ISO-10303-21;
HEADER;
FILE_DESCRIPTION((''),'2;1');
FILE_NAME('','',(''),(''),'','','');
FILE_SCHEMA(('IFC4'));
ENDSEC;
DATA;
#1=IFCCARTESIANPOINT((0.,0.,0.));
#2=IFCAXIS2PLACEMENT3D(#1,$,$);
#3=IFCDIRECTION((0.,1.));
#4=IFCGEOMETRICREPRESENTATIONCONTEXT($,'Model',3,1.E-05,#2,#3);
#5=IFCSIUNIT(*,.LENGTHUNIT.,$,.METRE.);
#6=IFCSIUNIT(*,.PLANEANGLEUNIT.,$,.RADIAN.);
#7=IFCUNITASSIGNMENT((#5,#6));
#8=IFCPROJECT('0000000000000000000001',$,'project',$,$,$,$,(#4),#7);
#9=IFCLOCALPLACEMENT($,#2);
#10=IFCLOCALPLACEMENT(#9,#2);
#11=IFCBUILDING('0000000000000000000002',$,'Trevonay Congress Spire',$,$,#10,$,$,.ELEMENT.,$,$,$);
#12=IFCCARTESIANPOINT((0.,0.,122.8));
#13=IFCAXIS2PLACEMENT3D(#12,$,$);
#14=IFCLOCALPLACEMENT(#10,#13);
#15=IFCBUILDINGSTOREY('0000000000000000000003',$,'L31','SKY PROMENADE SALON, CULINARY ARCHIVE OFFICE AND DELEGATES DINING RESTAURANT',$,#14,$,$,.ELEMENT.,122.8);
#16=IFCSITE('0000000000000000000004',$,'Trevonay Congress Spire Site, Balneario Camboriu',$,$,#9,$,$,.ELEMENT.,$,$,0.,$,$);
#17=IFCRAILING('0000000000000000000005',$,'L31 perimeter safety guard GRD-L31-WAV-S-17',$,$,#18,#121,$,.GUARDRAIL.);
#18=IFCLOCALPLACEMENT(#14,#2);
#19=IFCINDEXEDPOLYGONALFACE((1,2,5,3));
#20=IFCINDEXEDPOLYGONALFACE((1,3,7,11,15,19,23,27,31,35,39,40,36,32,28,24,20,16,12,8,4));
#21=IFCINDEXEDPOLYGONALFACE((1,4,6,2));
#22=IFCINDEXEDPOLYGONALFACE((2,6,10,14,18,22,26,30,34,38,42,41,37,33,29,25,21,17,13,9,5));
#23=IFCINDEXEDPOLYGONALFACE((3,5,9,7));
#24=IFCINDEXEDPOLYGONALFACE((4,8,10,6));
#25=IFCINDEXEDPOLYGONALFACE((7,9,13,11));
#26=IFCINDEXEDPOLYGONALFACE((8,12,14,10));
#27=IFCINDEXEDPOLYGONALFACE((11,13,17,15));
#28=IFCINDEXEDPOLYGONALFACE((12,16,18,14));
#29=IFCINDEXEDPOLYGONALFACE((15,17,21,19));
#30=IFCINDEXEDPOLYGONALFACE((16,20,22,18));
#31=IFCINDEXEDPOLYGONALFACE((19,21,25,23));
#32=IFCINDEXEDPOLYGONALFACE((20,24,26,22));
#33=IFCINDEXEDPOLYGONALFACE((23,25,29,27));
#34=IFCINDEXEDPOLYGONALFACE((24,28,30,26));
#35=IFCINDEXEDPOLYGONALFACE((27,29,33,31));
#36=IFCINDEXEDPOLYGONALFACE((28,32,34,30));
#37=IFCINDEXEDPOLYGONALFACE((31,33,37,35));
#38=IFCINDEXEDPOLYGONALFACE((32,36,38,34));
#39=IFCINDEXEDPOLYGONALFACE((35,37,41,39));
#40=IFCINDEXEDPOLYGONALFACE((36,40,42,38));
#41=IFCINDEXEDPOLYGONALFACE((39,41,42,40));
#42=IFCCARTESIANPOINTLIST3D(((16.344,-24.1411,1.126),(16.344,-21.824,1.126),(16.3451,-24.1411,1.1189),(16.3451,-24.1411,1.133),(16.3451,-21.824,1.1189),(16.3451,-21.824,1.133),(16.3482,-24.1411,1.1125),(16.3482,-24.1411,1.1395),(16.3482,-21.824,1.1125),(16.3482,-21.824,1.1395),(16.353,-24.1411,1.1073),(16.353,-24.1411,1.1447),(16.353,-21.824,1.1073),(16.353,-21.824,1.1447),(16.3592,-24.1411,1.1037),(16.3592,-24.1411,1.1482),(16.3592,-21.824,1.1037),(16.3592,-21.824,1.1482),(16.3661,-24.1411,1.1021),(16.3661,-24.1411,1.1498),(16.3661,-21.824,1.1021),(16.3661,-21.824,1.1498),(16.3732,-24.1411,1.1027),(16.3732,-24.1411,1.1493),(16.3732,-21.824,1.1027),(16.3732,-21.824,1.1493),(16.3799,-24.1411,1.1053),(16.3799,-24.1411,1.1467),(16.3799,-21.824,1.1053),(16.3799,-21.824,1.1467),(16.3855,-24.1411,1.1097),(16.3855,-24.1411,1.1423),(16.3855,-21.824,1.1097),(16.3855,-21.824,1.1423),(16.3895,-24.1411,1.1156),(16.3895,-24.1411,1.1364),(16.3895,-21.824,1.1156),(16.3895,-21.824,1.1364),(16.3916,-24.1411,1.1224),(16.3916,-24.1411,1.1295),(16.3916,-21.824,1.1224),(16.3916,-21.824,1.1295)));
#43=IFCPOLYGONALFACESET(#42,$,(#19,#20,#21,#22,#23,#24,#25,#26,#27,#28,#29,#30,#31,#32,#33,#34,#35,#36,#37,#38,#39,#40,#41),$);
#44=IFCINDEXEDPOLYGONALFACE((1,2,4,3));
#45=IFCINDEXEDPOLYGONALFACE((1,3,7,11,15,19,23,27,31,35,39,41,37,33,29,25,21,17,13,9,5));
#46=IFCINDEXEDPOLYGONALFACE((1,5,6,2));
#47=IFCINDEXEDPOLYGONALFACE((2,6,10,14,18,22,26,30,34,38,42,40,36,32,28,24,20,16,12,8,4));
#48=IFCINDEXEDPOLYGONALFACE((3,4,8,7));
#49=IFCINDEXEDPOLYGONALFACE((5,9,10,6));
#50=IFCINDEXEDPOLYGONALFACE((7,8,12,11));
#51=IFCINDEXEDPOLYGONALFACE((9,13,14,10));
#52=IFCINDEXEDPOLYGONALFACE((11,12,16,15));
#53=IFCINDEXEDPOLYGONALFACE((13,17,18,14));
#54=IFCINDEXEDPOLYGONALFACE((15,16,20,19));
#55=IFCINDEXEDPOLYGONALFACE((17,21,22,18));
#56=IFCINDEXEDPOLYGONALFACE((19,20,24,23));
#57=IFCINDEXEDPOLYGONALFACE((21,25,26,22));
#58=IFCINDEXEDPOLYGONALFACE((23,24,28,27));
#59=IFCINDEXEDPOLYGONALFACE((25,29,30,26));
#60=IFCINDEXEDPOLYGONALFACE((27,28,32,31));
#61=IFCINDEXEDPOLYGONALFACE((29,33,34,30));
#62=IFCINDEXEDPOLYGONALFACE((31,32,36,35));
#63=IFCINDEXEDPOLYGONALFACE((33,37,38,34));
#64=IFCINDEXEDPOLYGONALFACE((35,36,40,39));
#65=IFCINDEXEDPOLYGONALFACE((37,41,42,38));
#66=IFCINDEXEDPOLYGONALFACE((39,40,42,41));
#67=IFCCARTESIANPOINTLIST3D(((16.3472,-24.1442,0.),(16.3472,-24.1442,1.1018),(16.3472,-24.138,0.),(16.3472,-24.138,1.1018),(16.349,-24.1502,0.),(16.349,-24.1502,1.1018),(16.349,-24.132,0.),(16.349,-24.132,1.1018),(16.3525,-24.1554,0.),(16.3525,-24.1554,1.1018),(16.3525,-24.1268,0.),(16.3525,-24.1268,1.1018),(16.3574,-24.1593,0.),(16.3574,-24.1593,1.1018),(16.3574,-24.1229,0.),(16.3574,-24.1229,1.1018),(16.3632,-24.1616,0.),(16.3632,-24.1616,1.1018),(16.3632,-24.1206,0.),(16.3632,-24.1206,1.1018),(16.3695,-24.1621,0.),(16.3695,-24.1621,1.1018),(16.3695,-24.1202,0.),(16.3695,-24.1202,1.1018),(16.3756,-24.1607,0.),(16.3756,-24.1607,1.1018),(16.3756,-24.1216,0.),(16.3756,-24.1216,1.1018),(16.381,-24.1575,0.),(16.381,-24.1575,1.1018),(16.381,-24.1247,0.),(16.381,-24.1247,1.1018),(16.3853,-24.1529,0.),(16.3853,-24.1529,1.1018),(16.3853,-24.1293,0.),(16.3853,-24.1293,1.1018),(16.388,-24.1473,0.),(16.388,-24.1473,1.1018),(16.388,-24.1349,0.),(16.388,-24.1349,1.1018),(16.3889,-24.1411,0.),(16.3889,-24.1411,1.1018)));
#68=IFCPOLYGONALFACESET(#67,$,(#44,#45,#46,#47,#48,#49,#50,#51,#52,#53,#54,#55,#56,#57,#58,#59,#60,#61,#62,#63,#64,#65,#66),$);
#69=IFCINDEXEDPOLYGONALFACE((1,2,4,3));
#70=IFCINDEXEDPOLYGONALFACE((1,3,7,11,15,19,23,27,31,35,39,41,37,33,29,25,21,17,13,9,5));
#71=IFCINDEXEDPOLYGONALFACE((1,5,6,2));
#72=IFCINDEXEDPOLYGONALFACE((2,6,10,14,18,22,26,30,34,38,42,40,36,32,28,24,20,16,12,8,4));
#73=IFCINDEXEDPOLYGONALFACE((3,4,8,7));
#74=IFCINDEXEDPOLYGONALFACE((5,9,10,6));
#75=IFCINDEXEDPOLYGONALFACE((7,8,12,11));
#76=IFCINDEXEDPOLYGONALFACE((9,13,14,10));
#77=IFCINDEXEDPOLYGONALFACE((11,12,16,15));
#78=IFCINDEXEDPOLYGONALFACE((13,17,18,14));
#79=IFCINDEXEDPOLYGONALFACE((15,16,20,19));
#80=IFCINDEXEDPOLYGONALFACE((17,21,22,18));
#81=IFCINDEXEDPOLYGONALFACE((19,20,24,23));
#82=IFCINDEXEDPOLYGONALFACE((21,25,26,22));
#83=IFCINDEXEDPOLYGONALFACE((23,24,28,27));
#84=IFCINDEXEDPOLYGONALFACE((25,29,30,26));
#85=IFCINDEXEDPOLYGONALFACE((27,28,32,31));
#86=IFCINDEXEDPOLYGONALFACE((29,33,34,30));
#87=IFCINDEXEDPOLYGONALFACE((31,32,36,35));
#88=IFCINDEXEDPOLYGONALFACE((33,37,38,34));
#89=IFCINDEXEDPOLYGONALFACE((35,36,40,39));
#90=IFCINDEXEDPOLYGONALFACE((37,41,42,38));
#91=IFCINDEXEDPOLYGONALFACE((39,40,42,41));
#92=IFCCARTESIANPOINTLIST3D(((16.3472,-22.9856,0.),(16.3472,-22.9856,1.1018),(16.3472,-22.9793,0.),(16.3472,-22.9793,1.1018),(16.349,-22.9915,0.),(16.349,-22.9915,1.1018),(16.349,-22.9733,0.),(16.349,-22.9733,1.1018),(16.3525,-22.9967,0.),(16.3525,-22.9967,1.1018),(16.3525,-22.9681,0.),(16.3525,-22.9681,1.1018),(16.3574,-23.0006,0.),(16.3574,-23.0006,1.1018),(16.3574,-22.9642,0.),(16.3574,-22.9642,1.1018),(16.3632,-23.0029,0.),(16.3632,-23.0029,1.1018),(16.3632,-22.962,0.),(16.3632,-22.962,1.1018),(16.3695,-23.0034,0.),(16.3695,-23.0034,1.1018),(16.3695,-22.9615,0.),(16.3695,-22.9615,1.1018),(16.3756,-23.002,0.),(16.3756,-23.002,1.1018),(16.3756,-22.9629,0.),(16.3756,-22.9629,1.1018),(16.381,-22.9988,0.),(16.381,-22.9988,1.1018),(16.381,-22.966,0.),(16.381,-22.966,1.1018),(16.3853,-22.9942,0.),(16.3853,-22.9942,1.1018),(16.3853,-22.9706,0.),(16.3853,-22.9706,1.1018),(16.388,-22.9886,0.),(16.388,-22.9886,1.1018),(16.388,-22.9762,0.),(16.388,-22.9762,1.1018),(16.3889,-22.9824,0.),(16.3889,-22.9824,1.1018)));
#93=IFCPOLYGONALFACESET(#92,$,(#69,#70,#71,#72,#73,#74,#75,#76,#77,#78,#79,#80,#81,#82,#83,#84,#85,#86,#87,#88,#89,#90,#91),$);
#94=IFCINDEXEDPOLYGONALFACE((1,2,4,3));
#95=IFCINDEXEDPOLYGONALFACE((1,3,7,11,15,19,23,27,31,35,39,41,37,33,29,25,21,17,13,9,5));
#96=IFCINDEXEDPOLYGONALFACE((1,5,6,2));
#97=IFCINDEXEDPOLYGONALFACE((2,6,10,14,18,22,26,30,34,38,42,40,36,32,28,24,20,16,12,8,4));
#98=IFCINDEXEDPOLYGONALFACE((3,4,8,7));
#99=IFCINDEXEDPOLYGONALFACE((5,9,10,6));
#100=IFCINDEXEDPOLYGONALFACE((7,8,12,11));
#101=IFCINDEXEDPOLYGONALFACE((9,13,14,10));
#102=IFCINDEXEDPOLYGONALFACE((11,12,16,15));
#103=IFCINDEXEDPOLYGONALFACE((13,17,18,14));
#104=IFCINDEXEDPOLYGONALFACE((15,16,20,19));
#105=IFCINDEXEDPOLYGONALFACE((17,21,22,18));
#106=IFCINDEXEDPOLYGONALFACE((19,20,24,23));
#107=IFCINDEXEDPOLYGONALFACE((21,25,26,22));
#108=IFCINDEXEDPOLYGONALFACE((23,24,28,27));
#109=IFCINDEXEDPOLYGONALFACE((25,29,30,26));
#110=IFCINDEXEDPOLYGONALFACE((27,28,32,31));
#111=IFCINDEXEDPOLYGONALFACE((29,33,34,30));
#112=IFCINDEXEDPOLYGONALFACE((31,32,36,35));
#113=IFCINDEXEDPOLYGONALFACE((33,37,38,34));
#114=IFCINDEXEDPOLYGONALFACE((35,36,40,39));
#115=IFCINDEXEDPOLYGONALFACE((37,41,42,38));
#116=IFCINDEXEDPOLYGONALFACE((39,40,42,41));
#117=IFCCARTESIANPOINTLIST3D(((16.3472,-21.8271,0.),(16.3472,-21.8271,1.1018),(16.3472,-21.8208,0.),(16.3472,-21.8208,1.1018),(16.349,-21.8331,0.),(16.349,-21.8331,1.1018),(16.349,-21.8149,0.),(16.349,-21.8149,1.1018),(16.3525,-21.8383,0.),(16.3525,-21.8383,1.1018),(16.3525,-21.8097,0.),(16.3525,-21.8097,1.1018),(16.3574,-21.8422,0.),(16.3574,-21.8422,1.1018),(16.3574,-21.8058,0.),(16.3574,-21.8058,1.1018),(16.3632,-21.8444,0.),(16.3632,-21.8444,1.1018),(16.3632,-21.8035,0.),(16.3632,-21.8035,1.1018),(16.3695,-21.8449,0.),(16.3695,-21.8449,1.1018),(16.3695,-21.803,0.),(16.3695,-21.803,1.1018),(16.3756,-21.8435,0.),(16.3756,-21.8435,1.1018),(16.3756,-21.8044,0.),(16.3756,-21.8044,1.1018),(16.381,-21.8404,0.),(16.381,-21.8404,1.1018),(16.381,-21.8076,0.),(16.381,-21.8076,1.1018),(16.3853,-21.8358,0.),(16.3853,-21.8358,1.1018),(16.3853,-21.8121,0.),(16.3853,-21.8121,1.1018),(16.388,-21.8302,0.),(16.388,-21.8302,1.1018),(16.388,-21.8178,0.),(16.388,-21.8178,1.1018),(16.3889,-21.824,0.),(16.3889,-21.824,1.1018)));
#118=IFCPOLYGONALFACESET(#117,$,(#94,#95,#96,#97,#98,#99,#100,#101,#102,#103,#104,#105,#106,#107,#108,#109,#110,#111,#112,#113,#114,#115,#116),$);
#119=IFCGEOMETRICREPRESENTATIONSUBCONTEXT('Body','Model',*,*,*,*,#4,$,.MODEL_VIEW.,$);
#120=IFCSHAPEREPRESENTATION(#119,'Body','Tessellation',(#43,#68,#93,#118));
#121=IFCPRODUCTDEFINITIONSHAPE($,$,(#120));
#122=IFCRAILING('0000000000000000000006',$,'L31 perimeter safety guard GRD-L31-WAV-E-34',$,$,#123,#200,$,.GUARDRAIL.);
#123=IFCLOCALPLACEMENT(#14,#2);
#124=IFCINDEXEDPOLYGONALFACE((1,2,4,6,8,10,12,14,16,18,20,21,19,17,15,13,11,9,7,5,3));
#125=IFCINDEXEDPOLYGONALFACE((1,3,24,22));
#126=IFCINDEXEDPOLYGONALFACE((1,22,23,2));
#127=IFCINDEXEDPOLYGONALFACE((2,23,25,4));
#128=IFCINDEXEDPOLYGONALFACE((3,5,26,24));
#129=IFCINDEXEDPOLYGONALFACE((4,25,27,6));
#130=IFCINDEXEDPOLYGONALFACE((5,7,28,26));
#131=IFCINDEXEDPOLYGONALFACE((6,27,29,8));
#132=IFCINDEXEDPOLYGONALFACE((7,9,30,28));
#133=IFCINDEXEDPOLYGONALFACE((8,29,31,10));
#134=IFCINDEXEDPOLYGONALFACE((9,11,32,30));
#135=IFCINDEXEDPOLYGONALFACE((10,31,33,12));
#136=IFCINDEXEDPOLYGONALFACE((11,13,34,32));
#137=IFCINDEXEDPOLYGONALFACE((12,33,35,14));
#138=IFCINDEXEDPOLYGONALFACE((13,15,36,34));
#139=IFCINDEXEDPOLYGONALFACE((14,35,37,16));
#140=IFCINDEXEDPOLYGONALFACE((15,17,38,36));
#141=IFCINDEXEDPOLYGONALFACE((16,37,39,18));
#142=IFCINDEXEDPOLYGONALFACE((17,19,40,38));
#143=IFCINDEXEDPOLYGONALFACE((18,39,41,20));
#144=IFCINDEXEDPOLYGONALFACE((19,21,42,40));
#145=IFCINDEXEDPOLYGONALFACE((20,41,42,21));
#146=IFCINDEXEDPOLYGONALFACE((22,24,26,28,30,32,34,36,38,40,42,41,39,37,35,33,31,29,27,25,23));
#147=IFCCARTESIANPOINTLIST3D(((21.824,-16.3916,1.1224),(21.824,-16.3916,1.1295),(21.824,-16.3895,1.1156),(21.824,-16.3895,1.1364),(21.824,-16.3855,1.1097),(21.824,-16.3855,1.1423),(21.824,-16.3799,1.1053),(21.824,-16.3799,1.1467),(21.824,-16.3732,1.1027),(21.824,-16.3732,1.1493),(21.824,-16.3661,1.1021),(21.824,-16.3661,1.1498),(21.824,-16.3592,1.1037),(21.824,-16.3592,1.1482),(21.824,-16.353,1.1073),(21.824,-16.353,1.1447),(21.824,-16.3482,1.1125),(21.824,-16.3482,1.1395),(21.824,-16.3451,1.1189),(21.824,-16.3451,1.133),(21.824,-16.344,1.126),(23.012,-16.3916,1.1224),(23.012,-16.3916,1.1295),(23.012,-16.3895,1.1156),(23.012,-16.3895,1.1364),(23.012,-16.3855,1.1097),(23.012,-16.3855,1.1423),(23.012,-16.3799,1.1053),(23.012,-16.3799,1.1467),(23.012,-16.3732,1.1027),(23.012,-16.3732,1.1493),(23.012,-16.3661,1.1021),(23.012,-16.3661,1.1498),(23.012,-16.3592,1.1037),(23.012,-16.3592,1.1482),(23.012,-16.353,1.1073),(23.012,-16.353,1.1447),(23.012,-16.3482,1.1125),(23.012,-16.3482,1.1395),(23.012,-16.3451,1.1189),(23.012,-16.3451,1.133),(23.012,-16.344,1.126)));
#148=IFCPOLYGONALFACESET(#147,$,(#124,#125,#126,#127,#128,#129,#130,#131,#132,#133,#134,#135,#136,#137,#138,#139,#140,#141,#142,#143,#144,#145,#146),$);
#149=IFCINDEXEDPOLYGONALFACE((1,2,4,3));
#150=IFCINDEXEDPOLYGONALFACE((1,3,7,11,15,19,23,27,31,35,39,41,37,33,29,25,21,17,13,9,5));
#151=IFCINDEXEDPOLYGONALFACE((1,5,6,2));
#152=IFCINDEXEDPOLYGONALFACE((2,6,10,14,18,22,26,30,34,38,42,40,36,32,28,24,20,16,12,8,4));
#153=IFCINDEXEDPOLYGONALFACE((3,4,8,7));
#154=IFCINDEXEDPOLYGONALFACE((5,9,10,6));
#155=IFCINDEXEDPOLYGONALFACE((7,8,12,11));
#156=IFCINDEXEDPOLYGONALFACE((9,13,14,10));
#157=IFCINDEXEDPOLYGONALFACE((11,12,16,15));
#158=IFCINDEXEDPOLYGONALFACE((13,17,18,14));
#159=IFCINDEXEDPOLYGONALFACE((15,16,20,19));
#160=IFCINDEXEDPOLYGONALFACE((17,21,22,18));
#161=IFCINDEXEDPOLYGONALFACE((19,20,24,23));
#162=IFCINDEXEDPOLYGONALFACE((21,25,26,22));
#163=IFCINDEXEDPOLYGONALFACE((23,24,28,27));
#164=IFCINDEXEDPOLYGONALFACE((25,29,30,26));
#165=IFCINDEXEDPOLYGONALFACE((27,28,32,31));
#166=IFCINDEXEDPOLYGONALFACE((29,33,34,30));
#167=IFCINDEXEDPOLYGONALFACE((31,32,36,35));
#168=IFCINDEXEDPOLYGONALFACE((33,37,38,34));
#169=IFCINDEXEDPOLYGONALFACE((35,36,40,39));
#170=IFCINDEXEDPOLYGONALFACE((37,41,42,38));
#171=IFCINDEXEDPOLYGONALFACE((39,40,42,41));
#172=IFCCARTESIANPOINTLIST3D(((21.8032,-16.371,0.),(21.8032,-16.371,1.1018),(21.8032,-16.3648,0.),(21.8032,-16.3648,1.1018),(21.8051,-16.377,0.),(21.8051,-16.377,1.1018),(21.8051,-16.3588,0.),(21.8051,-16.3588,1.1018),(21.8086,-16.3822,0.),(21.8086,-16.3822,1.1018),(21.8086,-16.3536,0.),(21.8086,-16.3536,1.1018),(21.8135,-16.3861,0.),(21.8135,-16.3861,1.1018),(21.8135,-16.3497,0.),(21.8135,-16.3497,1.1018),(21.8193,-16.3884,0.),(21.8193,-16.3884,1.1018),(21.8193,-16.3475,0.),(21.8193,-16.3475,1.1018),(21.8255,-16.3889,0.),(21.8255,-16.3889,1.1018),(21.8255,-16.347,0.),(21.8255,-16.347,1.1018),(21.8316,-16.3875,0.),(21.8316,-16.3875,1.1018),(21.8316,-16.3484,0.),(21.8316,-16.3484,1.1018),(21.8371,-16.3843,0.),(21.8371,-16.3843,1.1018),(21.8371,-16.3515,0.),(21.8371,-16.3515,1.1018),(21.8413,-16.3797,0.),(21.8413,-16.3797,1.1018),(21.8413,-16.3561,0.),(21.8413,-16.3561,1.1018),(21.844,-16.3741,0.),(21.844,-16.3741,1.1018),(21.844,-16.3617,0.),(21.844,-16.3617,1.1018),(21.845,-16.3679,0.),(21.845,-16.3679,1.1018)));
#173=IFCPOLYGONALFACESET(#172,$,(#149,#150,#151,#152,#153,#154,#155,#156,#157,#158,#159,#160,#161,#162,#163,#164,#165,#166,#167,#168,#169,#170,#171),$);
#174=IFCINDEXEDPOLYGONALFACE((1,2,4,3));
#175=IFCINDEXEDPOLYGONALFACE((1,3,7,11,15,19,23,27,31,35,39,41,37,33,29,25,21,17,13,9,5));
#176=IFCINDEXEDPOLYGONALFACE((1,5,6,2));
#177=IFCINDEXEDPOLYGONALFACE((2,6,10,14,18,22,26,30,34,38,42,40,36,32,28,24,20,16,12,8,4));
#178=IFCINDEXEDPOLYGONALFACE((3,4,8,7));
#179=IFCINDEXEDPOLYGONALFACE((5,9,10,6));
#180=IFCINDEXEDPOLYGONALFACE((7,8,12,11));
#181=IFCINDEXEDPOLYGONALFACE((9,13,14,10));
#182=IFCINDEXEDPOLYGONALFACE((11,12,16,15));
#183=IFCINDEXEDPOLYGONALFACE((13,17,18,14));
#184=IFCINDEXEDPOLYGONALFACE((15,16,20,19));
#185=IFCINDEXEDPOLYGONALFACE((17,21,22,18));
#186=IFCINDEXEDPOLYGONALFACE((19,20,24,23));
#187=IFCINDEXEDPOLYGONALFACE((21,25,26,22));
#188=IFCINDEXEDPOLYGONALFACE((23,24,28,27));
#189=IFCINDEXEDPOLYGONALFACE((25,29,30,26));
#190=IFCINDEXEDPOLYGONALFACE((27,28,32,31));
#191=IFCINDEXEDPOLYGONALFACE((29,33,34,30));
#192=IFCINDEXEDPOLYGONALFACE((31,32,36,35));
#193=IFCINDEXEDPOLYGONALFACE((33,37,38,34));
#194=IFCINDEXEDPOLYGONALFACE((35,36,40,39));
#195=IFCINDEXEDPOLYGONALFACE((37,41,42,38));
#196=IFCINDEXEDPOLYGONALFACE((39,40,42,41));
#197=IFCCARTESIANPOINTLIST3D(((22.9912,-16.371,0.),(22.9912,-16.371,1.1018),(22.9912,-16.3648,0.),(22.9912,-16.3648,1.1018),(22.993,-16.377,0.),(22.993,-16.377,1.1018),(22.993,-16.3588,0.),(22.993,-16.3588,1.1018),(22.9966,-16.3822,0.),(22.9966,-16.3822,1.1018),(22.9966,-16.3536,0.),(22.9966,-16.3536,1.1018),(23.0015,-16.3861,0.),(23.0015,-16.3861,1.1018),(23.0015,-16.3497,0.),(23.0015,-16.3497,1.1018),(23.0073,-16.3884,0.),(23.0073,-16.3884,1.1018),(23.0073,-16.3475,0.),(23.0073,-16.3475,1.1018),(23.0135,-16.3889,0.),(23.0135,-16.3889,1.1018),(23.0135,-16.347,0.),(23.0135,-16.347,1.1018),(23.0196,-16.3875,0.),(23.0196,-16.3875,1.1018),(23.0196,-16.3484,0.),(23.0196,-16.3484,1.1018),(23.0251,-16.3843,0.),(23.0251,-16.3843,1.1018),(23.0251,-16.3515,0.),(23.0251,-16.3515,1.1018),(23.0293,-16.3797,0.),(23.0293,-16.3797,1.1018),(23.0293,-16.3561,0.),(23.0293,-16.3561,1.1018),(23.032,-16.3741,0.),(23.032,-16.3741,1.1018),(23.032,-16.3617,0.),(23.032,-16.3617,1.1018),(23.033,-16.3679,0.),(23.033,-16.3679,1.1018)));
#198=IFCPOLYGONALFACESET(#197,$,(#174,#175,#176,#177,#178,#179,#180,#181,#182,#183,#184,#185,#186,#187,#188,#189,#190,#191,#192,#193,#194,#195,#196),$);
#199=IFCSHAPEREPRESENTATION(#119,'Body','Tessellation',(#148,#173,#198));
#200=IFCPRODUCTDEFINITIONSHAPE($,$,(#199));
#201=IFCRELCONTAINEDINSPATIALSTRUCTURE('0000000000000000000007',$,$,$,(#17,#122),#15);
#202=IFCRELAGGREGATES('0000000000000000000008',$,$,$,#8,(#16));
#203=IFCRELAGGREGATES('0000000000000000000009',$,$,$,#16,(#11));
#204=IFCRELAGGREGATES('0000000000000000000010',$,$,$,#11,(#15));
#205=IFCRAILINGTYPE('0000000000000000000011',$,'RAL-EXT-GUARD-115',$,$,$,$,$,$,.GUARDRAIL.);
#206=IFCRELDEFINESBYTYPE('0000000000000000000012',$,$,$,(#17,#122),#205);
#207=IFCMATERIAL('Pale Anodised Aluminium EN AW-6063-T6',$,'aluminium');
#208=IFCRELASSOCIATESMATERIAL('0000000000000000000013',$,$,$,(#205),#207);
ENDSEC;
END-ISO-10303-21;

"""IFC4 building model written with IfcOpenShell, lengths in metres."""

from ifc_helpers import new_model, si_unit, direction, frame, origin, origin_2d, place, context, subcontext, project, spatial, circle, extrude, material, type_object, element, save


model = new_model("IFC4")

# Units and contexts
model_context = context("Model", 3, precision=1e-05, world=origin(), true_north=direction((0.0, 1.0)))
body_context = subcontext(model_context, "Body", "Model", "MODEL_VIEW")
ifc_project = project(units=[si_unit("LENGTHUNIT", "METRE"), si_unit("PLANEANGLEUNIT", "RADIAN")], contexts=[model_context])

# Site, building, storey
site_placement = place(None, origin())
site = spatial("IfcSite", under=ifc_project, at=site_placement, Name="Trevonay Congress Spire Site, Balneario Camboriu", CompositionType="ELEMENT", RefElevation=0.0)
building_placement = place(site_placement, origin())
building = spatial("IfcBuilding", under=site, at=building_placement, Name="Trevonay Congress Spire", CompositionType="ELEMENT")
storey_placement = place(building_placement, frame((0.0, 0.0, 122.8)))
storey = spatial("IfcBuildingStorey", under=building, at=storey_placement, Name="L31", Description="SKY PROMENADE SALON, CULINARY ARCHIVE OFFICE AND DELEGATES DINING RESTAURANT", CompositionType="ELEMENT", Elevation=122.8)

# Shared definitions
ifc_material_1 = material(Name="Pale Anodised Aluminium EN AW-6063-T6", Category="aluminium")

# Railings
railing_type = type_object("IfcRailingType", Name="RAL-EXT-GUARD-115", PredefinedType="GUARDRAIL", material=ifc_material_1)
railing_1_placement = place(storey_placement, frame((16.3679, -24.1411, 0.0)))
element("IfcRailing", 1, at=railing_1_placement, inside=storey, type_object=railing_type, Name="L31 perimeter safety guard GRD-L31-WAV-S-17", PredefinedType="GUARDRAIL", context=body_context, shape_type="SweptSolid", body=[
    extrude(circle(Radius=0.0239, at=origin_2d()), frame((0.0, 0.0, 1.126), z_axis=(0.0, 1.0, 0.0), x_axis=(-1.0, 0.0, 0.0)), (0.0, 0.0, 1.0), 2.3171),
    extrude(circle(Radius=0.021, at=origin_2d()), origin(), (0.0, 0.0, 1.0), 1.1018),
    extrude(circle(Radius=0.021, at=origin_2d()), frame((0.0, 1.1587, 0.0)), (0.0, 0.0, 1.0), 1.1018),
    extrude(circle(Radius=0.021, at=origin_2d()), frame((0.0, 2.3171, 0.0)), (0.0, 0.0, 1.0), 1.1018),
])
railing_2_placement = place(storey_placement, frame((21.824, -16.3679, 0.0)))
element("IfcRailing", 2, at=railing_2_placement, inside=storey, type_object=railing_type, Name="L31 perimeter safety guard GRD-L31-WAV-E-34", PredefinedType="GUARDRAIL", context=body_context, shape_type="SweptSolid", body=[
    extrude(circle(Radius=0.0239, at=origin_2d()), frame((0.0, 0.0, 1.126), z_axis=(1.0, 0.0, 0.0), x_axis=(0.0, 1.0, 0.0)), (0.0, 0.0, 1.0), 1.188),
    extrude(circle(Radius=0.021, at=origin_2d()), origin(), (0.0, 0.0, 1.0), 1.1018),
    extrude(circle(Radius=0.021, at=origin_2d()), frame((1.188, 0.0, 0.0)), (0.0, 0.0, 1.0), 1.1018),
])

save(model, "model.ifc")
